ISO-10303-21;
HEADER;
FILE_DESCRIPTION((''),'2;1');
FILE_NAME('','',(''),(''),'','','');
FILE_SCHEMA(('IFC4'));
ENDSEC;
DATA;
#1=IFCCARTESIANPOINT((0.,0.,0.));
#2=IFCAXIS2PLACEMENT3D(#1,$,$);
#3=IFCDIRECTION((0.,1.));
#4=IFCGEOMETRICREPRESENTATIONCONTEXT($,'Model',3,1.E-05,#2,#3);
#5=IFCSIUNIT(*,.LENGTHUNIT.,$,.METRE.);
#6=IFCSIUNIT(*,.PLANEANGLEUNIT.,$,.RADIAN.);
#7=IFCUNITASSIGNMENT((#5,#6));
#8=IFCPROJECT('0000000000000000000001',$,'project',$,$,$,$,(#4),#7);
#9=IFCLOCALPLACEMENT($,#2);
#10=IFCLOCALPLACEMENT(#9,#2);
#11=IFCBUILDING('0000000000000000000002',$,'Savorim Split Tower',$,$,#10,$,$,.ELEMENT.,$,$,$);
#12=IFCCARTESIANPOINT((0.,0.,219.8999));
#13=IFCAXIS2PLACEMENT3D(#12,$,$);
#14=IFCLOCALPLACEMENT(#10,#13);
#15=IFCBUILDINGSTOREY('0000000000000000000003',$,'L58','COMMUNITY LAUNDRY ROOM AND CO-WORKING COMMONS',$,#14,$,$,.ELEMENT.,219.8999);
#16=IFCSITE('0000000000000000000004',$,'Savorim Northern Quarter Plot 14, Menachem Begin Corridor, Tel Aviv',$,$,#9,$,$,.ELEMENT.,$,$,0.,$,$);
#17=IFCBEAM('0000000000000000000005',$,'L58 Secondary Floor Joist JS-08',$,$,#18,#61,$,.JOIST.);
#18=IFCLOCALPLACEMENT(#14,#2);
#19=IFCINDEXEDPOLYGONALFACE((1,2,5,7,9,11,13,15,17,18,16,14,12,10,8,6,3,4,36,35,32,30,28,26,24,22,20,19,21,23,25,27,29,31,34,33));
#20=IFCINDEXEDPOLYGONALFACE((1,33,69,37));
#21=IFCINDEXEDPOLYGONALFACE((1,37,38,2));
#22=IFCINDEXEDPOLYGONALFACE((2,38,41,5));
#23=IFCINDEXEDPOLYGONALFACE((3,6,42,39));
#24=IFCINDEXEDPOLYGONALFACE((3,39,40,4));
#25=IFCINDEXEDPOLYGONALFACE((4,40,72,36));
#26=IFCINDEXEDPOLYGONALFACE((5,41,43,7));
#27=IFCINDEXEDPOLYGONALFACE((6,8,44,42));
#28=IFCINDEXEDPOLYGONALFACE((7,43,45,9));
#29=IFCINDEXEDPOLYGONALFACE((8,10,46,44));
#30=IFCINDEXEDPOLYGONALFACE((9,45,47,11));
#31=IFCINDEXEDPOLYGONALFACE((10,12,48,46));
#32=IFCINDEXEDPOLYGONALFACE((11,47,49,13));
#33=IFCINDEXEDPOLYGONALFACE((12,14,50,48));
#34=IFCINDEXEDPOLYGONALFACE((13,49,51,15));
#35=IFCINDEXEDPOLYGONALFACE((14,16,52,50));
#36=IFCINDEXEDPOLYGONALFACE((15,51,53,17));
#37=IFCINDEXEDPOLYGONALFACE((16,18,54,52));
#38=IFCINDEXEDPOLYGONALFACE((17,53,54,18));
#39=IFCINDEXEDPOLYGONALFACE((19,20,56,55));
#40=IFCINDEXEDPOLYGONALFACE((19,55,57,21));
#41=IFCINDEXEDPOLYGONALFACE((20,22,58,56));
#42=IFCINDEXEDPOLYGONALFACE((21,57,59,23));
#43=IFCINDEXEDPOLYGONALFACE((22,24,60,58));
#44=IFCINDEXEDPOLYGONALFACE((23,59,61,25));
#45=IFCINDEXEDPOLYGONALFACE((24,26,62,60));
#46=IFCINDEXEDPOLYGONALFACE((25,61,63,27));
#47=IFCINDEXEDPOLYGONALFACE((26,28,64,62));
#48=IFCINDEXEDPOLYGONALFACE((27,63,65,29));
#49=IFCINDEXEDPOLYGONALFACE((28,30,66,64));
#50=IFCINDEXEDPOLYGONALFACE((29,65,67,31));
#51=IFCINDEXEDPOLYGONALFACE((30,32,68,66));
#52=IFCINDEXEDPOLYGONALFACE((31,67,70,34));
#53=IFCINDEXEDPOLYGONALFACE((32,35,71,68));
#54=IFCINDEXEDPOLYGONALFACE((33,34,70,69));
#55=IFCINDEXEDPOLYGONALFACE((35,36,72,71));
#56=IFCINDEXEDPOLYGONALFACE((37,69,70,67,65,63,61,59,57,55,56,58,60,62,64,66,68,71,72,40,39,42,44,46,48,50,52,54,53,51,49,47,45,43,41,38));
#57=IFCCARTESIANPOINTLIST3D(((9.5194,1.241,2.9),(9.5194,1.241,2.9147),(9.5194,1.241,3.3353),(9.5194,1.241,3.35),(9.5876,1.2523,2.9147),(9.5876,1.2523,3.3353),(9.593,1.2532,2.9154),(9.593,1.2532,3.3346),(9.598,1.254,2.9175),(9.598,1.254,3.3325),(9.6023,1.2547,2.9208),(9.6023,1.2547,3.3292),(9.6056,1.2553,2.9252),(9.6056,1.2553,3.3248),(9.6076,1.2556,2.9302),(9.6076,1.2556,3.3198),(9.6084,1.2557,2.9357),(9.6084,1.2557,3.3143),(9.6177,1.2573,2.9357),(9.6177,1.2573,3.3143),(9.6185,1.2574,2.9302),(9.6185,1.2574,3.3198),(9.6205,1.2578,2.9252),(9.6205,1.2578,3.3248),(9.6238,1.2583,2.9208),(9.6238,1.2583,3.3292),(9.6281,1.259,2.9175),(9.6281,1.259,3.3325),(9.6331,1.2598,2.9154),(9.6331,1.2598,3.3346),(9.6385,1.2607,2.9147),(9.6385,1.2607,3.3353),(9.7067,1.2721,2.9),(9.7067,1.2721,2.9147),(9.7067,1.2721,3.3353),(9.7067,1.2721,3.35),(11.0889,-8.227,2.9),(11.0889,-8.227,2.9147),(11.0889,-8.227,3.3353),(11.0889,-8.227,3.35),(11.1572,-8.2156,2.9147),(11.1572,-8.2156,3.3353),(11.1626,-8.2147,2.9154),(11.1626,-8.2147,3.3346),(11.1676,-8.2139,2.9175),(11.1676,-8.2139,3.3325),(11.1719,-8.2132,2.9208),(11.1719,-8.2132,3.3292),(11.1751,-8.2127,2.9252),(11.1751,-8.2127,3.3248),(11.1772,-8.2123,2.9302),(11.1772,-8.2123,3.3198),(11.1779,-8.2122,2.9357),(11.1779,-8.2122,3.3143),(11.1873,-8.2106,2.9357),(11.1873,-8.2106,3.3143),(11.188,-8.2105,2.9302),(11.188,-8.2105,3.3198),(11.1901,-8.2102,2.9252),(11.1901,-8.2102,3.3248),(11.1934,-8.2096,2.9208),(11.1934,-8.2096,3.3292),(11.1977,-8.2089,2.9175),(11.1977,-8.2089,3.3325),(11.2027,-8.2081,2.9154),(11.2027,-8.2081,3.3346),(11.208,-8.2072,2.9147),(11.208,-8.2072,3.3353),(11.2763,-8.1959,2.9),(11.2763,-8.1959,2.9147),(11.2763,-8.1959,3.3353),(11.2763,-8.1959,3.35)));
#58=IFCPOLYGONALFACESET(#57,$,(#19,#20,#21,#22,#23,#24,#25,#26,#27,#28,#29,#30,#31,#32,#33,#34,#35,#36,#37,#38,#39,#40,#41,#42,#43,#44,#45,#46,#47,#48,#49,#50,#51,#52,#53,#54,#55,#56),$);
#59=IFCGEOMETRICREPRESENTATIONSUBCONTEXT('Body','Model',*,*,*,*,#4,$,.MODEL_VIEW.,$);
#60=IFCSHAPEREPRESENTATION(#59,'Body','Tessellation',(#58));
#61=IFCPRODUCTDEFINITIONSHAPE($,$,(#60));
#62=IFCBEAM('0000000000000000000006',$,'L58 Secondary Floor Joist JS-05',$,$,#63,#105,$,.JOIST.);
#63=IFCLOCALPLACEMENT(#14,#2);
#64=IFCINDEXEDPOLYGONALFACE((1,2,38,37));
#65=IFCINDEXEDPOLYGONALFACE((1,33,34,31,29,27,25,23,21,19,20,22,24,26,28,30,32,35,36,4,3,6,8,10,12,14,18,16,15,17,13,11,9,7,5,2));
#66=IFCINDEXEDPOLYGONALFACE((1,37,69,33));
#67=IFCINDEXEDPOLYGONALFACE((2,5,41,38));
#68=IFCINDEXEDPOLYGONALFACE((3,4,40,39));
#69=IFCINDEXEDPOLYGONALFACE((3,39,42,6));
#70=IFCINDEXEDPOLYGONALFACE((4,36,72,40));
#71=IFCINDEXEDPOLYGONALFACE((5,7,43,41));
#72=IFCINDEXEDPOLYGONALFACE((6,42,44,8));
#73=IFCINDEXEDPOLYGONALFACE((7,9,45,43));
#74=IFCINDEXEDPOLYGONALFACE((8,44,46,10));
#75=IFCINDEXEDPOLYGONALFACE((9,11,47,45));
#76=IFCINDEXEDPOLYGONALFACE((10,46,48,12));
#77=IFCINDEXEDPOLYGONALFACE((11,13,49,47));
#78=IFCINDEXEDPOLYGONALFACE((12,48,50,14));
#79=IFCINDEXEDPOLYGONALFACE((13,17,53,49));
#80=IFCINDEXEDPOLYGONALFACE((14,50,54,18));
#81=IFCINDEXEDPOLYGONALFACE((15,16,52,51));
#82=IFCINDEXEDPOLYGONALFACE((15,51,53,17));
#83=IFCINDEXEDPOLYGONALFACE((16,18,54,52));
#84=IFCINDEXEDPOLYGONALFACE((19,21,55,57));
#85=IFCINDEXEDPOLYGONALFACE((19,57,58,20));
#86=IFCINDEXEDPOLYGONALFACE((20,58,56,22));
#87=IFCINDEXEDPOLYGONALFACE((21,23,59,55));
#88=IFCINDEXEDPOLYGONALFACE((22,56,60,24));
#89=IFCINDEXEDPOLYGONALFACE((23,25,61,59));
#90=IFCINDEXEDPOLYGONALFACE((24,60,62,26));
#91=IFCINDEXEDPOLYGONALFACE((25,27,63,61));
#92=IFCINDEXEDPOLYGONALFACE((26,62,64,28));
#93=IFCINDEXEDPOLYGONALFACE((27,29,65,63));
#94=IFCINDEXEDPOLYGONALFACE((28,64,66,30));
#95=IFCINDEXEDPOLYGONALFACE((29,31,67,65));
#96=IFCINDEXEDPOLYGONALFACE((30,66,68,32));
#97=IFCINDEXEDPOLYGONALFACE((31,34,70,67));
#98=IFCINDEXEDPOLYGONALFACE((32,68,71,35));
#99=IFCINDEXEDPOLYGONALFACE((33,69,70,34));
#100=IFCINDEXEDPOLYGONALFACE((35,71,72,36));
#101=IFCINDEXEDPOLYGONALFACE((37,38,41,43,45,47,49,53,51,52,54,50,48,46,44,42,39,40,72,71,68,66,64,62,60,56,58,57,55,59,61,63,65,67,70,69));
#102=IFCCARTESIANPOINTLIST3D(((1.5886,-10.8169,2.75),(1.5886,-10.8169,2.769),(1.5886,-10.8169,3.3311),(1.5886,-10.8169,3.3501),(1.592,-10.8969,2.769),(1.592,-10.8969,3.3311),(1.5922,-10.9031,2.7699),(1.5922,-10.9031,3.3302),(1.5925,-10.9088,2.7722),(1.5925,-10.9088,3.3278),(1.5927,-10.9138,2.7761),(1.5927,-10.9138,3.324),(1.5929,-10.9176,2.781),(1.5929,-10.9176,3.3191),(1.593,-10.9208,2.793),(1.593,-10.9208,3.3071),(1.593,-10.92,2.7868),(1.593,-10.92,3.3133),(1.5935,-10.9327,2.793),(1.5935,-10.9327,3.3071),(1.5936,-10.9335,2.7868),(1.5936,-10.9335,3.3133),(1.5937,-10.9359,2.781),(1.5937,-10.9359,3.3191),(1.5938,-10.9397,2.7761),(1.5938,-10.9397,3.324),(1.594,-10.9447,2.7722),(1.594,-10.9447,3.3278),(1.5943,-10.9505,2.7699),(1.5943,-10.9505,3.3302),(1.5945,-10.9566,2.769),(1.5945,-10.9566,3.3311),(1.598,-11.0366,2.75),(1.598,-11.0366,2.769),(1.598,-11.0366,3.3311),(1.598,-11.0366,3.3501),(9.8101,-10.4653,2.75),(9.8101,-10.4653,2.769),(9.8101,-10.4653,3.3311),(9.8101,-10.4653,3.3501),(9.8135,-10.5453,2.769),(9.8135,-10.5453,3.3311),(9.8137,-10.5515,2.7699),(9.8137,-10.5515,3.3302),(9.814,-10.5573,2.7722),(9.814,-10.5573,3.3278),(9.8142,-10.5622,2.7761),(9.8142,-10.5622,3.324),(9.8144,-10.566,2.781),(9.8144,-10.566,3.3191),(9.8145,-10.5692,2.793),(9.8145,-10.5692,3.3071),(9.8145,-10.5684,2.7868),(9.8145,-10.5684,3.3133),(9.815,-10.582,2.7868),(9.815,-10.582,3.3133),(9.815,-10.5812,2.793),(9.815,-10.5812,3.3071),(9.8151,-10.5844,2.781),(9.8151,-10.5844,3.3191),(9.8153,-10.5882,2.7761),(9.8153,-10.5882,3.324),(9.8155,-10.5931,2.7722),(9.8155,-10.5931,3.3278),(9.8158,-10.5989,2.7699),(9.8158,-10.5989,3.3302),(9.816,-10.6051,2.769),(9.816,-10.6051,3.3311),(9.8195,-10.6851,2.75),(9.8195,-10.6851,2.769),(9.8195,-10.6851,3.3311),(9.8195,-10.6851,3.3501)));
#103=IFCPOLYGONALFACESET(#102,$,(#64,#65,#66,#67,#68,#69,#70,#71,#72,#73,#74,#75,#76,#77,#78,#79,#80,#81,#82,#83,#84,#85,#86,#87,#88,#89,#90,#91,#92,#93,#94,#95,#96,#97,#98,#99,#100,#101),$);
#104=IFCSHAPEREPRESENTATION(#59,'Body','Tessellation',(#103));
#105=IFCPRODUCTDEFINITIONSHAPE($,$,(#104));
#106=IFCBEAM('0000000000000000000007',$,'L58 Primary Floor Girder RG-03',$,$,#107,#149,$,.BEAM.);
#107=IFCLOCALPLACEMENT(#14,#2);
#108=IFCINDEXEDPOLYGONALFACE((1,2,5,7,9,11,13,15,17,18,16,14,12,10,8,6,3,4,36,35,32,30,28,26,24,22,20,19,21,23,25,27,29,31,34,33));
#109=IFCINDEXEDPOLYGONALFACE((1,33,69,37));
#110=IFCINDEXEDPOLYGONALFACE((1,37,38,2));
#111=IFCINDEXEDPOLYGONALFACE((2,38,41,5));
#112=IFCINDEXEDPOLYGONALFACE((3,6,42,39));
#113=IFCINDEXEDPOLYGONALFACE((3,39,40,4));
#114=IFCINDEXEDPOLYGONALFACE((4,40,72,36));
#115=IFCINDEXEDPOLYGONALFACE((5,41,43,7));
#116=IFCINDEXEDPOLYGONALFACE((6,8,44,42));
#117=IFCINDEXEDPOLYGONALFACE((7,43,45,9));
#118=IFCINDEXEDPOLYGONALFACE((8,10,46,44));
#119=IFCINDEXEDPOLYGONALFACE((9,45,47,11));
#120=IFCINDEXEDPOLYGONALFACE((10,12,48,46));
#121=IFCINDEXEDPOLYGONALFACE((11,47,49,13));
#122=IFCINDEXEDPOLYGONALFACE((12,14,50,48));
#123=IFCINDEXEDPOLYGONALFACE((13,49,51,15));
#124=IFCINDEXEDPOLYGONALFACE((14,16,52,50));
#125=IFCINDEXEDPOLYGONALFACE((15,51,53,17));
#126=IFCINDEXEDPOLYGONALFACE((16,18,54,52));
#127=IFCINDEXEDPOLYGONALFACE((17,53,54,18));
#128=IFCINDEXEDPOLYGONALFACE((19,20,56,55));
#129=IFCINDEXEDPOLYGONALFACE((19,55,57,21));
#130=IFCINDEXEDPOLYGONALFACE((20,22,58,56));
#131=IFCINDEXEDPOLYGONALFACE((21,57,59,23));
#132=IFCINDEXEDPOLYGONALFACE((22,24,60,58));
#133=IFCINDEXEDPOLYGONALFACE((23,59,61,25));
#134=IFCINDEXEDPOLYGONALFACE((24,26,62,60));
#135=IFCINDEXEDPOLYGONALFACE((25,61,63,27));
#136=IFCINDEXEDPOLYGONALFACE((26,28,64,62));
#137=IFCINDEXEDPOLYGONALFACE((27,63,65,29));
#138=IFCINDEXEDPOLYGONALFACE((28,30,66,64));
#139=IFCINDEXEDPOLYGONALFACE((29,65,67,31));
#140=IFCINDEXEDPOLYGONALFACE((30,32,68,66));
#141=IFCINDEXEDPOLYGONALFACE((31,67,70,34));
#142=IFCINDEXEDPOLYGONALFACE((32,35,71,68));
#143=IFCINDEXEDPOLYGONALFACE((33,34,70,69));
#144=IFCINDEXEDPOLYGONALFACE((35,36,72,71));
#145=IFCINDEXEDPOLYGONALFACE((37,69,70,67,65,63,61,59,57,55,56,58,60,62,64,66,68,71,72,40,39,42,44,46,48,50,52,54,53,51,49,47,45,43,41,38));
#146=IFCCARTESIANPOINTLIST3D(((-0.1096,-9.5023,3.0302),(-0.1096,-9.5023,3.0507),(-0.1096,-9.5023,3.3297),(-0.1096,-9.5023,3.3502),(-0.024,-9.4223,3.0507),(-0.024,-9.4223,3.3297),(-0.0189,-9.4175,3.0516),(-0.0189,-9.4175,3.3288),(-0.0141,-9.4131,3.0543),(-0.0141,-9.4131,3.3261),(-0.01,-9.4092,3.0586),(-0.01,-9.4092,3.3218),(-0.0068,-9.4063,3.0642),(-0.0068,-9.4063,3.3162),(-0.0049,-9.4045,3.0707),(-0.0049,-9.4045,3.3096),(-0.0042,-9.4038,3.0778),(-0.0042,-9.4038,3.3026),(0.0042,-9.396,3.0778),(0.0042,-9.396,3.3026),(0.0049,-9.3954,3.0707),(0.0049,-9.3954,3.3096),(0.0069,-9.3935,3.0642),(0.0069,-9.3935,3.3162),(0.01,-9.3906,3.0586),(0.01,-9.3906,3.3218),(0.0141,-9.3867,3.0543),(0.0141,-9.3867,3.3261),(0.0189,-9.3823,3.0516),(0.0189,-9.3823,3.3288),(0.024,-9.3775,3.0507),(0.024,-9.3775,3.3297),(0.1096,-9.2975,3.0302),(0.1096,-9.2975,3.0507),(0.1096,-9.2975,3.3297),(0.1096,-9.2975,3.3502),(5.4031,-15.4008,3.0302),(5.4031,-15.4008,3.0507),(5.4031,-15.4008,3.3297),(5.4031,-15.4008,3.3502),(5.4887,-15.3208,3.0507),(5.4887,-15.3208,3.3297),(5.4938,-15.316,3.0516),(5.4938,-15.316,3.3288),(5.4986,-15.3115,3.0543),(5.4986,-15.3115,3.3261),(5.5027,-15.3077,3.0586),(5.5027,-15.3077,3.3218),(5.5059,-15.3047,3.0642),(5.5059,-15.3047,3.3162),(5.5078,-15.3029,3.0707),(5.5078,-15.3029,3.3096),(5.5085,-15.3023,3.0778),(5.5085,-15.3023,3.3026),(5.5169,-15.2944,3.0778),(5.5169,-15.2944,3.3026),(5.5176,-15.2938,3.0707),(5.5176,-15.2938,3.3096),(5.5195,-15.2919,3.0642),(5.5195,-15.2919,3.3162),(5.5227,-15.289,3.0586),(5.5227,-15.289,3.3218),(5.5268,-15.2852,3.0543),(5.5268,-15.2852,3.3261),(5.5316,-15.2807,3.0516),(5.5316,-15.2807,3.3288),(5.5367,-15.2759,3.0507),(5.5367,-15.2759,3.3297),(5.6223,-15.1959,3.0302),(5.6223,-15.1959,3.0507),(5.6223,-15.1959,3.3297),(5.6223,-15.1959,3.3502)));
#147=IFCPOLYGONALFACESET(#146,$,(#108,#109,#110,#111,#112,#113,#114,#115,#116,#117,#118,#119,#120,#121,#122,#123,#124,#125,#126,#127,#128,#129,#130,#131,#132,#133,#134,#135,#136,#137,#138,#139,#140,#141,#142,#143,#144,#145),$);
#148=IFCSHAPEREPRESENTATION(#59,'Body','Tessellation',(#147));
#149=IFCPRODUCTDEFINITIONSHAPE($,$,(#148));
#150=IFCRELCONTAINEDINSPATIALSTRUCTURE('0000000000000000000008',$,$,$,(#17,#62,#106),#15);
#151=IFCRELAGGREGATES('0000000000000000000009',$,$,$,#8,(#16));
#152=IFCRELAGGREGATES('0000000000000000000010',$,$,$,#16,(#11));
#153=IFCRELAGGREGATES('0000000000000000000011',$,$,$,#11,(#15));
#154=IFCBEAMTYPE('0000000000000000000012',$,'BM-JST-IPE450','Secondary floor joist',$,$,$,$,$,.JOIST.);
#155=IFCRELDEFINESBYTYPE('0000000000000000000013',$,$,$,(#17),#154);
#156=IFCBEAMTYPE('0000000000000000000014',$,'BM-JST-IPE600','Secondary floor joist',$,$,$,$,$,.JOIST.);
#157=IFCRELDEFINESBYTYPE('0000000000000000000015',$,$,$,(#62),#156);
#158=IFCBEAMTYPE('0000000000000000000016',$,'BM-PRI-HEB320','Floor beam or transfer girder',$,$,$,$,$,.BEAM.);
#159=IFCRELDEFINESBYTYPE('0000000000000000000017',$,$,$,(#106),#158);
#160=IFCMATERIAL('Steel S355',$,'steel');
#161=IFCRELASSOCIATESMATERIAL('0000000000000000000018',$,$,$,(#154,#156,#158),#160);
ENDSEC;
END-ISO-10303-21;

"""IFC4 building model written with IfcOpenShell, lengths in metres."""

from ifc_helpers import new_model, si_unit, direction, frame, origin, origin_2d, place, context, subcontext, project, spatial, i_section, extrude, material, material_profile, profile_set, type_object, element, save


model = new_model("IFC4")

# Units and contexts
model_context = context("Model", 3, precision=1e-05, world=origin(), true_north=direction((0.0, 1.0)))
body_context = subcontext(model_context, "Body", "Model", "MODEL_VIEW")
ifc_project = project(units=[si_unit("LENGTHUNIT", "METRE"), si_unit("PLANEANGLEUNIT", "RADIAN")], contexts=[model_context])

# Site, building, storey
site_placement = place(None, origin())
site = spatial("IfcSite", under=ifc_project, at=site_placement, Name="Savorim Northern Quarter Plot 14, Menachem Begin Corridor, Tel Aviv", CompositionType="ELEMENT", RefElevation=0.0)
building_placement = place(site_placement, origin())
building = spatial("IfcBuilding", under=site, at=building_placement, Name="Savorim Split Tower", CompositionType="ELEMENT")
storey_placement = place(building_placement, frame((0.0, 0.0, 219.8999)))
storey = spatial("IfcBuildingStorey", under=building, at=storey_placement, Name="L58", Description="COMMUNITY LAUNDRY ROOM AND CO-WORKING COMMONS", CompositionType="ELEMENT", Elevation=219.8999)

# Shared definitions
ifc_material_1 = material(Name="Steel S355", Category="steel")

# Beams
ifc_material_profile_1 = material_profile(ifc_material_1, i_section(OverallWidth=0.1899, OverallDepth=0.45, WebThickness=0.0095, FlangeThickness=0.0146, FilletRadius=0.021, at=origin_2d()), Name="IPE 450")
ifc_profile_set_1 = profile_set([ifc_material_profile_1], Name="Steel S355")
beam_type_1 = type_object("IfcBeamType", Name="BM-JST-IPE450", Description="Secondary floor joist", PredefinedType="JOIST", material=ifc_profile_set_1)
beam_1_placement = place(storey_placement, frame((11.1826, -8.2114, 3.125), z_axis=(-0.163545, 0.986536, 0.0), x_axis=(-0.986536, -0.163545, 0.0)))
element("IfcBeam", 1, at=beam_1_placement, inside=storey, type_object=beam_type_1, Name="L58 Secondary Floor Joist JS-08", PredefinedType="JOIST", context=body_context, shape_type="SweptSolid", body=[
    extrude(i_section(OverallWidth=0.1899, OverallDepth=0.45, WebThickness=0.0095, FlangeThickness=0.0146, FilletRadius=0.021, at=origin_2d()), origin(), (0.0, 0.0, 1.0), 9.5972),
])
ifc_material_profile_2 = material_profile(ifc_material_1, i_section(OverallWidth=0.22, OverallDepth=0.6001, WebThickness=0.012, FlangeThickness=0.019, FilletRadius=0.0239, at=origin_2d()), Name="IPE 600")
ifc_profile_set_2 = profile_set([ifc_material_profile_2], Name="Steel S355")
beam_type_2 = type_object("IfcBeamType", Name="BM-JST-IPE600", Description="Secondary floor joist", PredefinedType="JOIST", material=ifc_profile_set_2)
beam_2_placement = place(storey_placement, frame((1.5933, -10.9268, 3.05), z_axis=(0.999087, 0.042723, 0.0), x_axis=(-0.042723, 0.999087, 0.0)))
element("IfcBeam", 2, at=beam_2_placement, inside=storey, type_object=beam_type_2, Name="L58 Secondary Floor Joist JS-05", PredefinedType="JOIST", context=body_context, shape_type="SweptSolid", body=[
    extrude(i_section(OverallWidth=0.22, OverallDepth=0.6001, WebThickness=0.012, FlangeThickness=0.019, FilletRadius=0.0239, at=origin_2d()), origin(), (0.0, 0.0, 1.0), 8.229),
])
ifc_material_profile_3 = material_profile(ifc_material_1, i_section(OverallWidth=0.3, OverallDepth=0.3201, WebThickness=0.0115, FlangeThickness=0.0205, FilletRadius=0.0271, at=origin_2d()), Name="HEB 320")
ifc_profile_set_3 = profile_set([ifc_material_profile_3], Name="Steel S355")
beam_type_3 = type_object("IfcBeamType", Name="BM-PRI-HEB320", Description="Floor beam or transfer girder", PredefinedType="BEAM", material=ifc_profile_set_3)
beam_3_placement = place(storey_placement, frame((5.5127, -15.2983, 3.1902), z_axis=(-0.682814, 0.730593, 0.0), x_axis=(-0.730593, -0.682814, 0.0)))
element("IfcBeam", 3, at=beam_3_placement, inside=storey, type_object=beam_type_3, Name="L58 Primary Floor Girder RG-03", PredefinedType="BEAM", context=body_context, shape_type="SweptSolid", body=[
    extrude(i_section(OverallWidth=0.3, OverallDepth=0.3201, WebThickness=0.0115, FlangeThickness=0.0205, FilletRadius=0.0271, at=origin_2d()), origin(), (0.0, 0.0, 1.0), 8.0735),
])

save(model, "model.ifc")
